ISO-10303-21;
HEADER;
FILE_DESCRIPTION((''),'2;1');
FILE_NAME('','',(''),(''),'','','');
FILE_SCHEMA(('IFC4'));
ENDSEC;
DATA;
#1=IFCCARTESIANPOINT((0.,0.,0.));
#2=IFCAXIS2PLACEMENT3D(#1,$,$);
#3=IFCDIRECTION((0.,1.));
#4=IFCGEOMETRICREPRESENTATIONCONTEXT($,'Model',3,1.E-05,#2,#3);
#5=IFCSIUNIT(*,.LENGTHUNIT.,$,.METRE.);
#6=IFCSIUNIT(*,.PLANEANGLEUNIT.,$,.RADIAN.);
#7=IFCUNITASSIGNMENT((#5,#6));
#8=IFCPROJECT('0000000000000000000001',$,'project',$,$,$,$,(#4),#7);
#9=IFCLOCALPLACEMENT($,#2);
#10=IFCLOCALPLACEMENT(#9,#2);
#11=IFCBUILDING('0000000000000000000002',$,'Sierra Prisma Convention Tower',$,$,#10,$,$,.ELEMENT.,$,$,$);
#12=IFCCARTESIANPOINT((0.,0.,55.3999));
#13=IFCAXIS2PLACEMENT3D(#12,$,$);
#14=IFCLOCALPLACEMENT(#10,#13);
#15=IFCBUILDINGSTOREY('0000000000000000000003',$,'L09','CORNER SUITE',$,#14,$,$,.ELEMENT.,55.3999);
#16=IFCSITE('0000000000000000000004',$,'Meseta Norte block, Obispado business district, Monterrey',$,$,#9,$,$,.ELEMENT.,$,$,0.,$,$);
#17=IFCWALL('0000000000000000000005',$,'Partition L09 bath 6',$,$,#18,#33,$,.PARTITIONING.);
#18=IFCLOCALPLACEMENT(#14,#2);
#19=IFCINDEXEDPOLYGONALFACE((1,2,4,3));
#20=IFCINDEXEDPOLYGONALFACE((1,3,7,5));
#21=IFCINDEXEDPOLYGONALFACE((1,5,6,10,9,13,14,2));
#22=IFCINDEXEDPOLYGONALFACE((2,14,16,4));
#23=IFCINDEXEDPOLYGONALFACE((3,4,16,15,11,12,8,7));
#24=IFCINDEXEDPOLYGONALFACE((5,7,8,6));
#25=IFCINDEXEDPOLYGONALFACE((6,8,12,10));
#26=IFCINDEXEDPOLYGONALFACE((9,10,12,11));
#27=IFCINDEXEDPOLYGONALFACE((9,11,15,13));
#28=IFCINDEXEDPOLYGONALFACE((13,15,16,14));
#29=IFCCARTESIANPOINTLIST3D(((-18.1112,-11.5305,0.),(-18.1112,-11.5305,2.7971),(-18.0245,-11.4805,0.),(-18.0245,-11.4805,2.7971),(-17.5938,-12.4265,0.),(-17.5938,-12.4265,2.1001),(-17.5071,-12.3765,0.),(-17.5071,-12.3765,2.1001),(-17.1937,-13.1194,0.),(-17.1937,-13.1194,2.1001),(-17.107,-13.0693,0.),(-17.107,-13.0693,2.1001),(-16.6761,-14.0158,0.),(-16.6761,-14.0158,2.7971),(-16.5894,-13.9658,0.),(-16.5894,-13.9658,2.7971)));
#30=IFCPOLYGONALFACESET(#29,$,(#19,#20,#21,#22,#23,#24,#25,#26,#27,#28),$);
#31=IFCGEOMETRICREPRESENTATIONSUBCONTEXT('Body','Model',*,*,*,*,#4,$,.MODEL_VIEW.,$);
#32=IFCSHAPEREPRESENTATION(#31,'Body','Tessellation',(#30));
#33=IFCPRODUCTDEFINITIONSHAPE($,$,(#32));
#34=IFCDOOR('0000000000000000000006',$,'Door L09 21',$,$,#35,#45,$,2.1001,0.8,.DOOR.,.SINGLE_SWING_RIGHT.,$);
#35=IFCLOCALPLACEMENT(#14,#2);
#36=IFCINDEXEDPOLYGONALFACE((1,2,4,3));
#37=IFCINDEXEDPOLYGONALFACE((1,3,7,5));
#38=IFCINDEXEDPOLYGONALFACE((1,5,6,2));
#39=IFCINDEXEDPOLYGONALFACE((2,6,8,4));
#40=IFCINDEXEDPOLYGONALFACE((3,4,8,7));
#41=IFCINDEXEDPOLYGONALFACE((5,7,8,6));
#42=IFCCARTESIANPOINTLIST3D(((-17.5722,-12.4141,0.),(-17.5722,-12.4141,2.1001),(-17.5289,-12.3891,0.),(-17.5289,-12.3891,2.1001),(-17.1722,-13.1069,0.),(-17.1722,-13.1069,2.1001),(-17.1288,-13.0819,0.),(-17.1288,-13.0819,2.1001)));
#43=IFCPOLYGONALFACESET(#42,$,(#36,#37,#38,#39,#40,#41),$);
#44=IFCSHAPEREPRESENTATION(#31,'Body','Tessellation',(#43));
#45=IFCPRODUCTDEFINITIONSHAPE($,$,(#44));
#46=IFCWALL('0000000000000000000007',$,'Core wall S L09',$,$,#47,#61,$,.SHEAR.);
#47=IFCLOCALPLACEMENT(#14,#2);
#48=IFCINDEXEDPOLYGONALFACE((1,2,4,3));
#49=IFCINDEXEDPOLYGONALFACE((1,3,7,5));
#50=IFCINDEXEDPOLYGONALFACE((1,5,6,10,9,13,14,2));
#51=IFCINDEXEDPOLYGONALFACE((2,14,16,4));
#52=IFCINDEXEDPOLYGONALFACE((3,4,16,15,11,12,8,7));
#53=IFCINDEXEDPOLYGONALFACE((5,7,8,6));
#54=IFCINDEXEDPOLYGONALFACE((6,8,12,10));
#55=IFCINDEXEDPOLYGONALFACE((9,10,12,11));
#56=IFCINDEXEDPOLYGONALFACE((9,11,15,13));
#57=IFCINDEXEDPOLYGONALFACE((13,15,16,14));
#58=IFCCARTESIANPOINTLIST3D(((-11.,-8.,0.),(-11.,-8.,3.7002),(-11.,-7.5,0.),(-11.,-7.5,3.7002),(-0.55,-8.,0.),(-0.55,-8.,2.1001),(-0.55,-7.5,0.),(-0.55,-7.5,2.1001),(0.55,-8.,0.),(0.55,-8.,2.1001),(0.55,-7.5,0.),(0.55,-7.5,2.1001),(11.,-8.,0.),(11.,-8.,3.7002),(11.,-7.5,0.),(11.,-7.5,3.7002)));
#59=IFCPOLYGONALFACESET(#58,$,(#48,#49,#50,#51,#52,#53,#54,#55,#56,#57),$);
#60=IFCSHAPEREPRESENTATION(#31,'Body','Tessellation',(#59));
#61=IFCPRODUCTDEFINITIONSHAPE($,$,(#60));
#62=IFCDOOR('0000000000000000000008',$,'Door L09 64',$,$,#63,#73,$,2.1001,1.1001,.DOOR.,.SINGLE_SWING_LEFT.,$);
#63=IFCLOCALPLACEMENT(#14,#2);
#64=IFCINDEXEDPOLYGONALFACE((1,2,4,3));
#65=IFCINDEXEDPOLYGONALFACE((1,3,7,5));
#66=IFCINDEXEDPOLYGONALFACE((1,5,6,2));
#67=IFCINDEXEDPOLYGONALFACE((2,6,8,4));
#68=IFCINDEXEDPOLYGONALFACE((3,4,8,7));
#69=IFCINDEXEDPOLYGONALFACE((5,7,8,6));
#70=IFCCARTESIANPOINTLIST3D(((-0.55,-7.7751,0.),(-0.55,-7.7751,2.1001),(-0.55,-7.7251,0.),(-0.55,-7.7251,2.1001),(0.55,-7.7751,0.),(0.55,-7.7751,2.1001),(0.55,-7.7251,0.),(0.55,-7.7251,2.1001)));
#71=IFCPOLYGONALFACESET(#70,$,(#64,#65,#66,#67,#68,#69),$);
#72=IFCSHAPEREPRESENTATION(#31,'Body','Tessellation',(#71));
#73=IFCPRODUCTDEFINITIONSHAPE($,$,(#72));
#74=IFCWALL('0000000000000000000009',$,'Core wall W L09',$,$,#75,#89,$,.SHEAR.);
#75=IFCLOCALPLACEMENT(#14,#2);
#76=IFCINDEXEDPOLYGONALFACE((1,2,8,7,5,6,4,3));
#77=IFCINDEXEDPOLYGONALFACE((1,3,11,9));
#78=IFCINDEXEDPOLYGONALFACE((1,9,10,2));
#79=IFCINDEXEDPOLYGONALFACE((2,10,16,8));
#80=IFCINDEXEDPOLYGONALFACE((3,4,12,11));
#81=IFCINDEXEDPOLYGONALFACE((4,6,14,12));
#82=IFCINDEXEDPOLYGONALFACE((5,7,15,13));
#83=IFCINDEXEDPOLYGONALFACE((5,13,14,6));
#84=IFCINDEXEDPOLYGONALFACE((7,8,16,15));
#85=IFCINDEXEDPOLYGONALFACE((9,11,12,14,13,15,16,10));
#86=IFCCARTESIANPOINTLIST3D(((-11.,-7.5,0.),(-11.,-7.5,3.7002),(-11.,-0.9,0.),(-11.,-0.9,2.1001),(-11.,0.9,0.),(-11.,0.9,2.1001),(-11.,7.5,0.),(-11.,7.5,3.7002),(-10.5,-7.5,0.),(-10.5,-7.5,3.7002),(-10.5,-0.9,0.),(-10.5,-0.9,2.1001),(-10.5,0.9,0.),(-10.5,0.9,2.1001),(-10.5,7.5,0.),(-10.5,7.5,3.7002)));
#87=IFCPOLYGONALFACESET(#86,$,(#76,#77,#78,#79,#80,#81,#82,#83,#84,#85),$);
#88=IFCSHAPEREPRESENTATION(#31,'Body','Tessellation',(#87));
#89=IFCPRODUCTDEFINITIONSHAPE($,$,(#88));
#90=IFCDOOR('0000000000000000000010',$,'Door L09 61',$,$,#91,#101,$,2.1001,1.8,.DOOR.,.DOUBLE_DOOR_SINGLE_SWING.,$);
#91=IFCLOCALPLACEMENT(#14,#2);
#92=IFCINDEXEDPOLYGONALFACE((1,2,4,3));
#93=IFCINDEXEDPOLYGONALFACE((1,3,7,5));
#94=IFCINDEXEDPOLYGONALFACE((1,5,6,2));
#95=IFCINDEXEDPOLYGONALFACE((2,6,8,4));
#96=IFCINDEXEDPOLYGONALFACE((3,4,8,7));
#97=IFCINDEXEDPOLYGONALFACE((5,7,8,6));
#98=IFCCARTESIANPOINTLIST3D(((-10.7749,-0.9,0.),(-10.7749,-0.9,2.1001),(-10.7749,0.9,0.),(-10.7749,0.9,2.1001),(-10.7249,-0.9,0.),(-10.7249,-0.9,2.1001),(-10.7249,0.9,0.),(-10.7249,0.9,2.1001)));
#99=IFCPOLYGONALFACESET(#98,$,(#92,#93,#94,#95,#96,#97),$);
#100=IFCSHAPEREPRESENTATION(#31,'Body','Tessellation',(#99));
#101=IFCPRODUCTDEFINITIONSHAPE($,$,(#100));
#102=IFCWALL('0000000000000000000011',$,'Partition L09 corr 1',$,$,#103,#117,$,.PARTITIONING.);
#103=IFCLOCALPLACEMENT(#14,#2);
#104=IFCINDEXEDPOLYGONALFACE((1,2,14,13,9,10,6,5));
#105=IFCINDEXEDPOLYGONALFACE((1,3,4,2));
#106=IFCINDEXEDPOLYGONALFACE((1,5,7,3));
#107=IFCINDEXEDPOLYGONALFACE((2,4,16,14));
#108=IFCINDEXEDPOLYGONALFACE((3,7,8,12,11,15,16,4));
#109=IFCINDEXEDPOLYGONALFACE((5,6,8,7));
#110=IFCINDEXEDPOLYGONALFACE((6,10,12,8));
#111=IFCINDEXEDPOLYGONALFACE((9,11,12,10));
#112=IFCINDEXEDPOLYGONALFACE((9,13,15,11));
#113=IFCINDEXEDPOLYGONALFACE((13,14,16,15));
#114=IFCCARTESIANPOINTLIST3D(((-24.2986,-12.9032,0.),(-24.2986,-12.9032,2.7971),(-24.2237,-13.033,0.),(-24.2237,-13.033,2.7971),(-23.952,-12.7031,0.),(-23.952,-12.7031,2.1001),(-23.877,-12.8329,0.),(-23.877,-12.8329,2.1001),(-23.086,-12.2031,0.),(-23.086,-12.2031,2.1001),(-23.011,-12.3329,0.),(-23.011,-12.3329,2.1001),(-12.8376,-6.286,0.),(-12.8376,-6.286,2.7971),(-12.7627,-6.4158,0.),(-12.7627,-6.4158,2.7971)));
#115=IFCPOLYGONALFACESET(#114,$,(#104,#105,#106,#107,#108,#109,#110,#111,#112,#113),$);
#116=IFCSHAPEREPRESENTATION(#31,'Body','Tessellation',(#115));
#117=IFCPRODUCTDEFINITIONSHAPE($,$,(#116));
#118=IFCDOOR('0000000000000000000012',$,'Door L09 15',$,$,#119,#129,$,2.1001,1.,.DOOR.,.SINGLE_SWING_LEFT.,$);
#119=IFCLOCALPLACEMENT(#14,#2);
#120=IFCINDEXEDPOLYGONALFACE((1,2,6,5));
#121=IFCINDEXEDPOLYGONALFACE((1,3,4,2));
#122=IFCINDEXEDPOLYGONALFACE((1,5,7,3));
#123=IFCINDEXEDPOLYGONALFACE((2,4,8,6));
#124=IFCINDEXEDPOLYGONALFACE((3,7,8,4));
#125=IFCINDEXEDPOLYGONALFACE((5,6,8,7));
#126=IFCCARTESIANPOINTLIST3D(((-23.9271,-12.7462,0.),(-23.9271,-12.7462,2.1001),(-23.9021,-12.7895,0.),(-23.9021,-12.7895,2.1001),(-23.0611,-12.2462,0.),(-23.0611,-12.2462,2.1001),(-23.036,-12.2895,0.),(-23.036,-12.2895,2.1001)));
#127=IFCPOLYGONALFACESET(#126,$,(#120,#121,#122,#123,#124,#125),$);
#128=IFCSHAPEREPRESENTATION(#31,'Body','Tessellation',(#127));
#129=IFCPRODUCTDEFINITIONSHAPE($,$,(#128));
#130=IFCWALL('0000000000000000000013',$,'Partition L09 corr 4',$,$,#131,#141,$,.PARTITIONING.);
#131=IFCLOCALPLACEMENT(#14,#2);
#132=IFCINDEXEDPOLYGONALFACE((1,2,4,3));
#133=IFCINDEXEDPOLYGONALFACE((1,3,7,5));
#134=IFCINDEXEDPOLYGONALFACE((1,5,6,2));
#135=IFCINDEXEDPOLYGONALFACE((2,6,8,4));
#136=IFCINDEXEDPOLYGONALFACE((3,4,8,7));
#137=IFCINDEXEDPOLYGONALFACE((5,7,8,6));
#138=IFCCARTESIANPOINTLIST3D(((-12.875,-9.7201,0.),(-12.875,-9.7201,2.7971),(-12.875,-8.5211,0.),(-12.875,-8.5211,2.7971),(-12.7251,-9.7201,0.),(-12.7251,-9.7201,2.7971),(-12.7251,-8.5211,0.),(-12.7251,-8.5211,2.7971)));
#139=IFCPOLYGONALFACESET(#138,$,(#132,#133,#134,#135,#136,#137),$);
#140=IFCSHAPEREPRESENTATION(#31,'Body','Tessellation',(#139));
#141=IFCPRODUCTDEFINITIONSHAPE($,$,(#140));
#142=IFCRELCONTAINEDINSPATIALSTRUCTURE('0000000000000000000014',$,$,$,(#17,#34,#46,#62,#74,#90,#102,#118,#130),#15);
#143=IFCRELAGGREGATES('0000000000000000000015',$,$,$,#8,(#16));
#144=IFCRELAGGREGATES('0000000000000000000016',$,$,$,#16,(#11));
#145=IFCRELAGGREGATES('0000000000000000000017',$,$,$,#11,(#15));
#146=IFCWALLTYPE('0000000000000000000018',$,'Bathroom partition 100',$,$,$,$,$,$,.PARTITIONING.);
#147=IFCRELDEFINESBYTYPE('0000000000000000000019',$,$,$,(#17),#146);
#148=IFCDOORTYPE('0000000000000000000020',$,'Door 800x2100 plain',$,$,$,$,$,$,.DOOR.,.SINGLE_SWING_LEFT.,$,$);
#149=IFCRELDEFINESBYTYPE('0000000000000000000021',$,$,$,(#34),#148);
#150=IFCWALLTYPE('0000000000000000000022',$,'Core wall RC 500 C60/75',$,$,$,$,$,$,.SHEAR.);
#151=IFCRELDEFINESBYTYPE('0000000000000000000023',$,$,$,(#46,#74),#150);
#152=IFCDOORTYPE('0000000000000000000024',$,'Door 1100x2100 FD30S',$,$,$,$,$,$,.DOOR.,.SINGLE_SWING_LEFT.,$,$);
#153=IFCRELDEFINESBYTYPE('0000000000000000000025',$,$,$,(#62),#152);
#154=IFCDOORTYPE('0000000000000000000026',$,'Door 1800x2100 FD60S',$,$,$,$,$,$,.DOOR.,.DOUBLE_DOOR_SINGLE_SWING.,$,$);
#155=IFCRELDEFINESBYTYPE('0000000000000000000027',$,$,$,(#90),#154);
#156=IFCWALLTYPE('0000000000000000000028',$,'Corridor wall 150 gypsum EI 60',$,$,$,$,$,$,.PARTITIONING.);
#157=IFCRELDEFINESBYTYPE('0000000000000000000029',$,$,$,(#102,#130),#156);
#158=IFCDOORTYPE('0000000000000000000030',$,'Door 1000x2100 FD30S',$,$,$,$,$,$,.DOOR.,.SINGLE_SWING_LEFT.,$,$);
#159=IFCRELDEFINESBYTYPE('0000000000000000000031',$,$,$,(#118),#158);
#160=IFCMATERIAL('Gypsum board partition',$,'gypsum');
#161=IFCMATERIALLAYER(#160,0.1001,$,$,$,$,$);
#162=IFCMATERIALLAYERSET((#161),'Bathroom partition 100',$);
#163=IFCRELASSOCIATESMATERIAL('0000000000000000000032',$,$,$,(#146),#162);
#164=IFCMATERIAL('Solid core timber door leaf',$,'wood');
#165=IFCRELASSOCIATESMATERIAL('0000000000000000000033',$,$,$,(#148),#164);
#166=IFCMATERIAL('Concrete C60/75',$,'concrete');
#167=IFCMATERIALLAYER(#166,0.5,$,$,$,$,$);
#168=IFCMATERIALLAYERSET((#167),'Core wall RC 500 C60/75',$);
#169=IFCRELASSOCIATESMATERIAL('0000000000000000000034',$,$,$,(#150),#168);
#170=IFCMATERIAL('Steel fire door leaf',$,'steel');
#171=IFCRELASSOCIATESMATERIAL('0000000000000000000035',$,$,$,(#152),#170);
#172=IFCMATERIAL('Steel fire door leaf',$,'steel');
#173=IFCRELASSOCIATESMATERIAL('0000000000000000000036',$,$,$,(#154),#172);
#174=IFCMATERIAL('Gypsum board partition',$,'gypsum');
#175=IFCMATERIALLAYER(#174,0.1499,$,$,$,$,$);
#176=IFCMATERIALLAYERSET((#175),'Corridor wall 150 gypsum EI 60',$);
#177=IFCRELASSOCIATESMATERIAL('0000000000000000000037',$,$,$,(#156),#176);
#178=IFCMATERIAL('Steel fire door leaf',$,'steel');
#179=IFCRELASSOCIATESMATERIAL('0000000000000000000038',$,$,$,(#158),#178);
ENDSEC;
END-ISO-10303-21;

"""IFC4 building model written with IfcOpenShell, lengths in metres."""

from ifc_helpers import new_model, si_unit, direction, frame, frame_2d, origin, place, context, subcontext, project, spatial, rectangle, extrude, material, layer, layer_set, type_object, element, fill, save


model = new_model("IFC4")

# Units and contexts
model_context = context("Model", 3, precision=1e-05, world=origin(), true_north=direction((0.0, 1.0)))
body_context = subcontext(model_context, "Body", "Model", "MODEL_VIEW")
ifc_project = project(units=[si_unit("LENGTHUNIT", "METRE"), si_unit("PLANEANGLEUNIT", "RADIAN")], contexts=[model_context])

# Site, building, storey
site_placement = place(None, origin())
site = spatial("IfcSite", under=ifc_project, at=site_placement, Name="Meseta Norte block, Obispado business district, Monterrey", CompositionType="ELEMENT", RefElevation=0.0)
building_placement = place(site_placement, origin())
building = spatial("IfcBuilding", under=site, at=building_placement, Name="Sierra Prisma Convention Tower", CompositionType="ELEMENT")
storey_placement = place(building_placement, frame((0.0, 0.0, 55.3999)))
storey = spatial("IfcBuildingStorey", under=building, at=storey_placement, Name="L09", Description="CORNER SUITE", CompositionType="ELEMENT", Elevation=55.3999)

# Walls, openings, doors
ifc_material_1 = material(Name="Gypsum board partition", Category="gypsum")
ifc_layer_1 = layer(ifc_material_1, 0.1001)
ifc_layer_set_1 = layer_set([ifc_layer_1], Name="Bathroom partition 100")
wall_type_1 = type_object("IfcWallType", Name="Bathroom partition 100", PredefinedType="PARTITIONING", material=ifc_layer_set_1)
wall_1_placement = place(storey_placement, frame((-18.0679, -11.5054, 0.0), z_axis=(0.0, 0.0, 1.0), x_axis=(0.500037, -0.866004, 0.0)))
wall_1 = element("IfcWall", 1, at=wall_1_placement, inside=storey, type_object=wall_type_1, Name="Partition L09 bath 6", PredefinedType="PARTITIONING", context=body_context, shape_type="SweptSolid", body=[
    extrude(rectangle(XDim=2.8699, YDim=0.1001, at=frame_2d((1.4351, 0.0))), origin(), (0.0, 0.0, 1.0), 2.7971),
])
opening_1_placement = place(wall_1_placement, frame((1.0349, 0.0, 0.0)))
opening_1 = element("IfcOpeningElement", 2, at=opening_1_placement, cuts=wall_1, PredefinedType="OPENING", context=body_context, shape_type="SweptSolid", body=[
    extrude(rectangle(XDim=0.8, YDim=2.1001, at=frame_2d((0.3999, 1.05))), frame((0.0, 0.05, 0.0), z_axis=(0.0, -1.0, 0.0), x_axis=(1.0, 0.0, 0.0)), (0.0, 0.0, 1.0), 0.1001),
])
ifc_material_2 = material(Name="Solid core timber door leaf", Category="wood")
door_type_1 = type_object("IfcDoorType", Name="Door 800x2100 plain", OperationType="SINGLE_SWING_LEFT", PredefinedType="DOOR", material=ifc_material_2)
door_1_placement = place(opening_1_placement, origin())
door_1 = element("IfcDoor", 3, at=door_1_placement, inside=storey, type_object=door_type_1, Name="Door L09 21", OperationType="SINGLE_SWING_RIGHT", OverallHeight=2.1001, OverallWidth=0.8, PredefinedType="DOOR", context=body_context, shape_type="SweptSolid", body=[
    extrude(rectangle(XDim=0.8, YDim=2.1001, at=frame_2d((0.3999, 1.05))), frame((0.0, 0.0249, 0.0), z_axis=(0.0, -1.0, 0.0), x_axis=(1.0, 0.0, 0.0)), (0.0, 0.0, 1.0), 0.05),
])
fill(opening_1, door_1)
ifc_material_3 = material(Name="Concrete C60/75", Category="concrete")
ifc_layer_2 = layer(ifc_material_3, 0.5)
ifc_layer_set_2 = layer_set([ifc_layer_2], Name="Core wall RC 500 C60/75")
wall_type_2 = type_object("IfcWallType", Name="Core wall RC 500 C60/75", PredefinedType="SHEAR", material=ifc_layer_set_2)
wall_2_placement = place(storey_placement, frame((-11.0, -7.75, 0.0), z_axis=(0.0, 0.0, 1.0), x_axis=(1.0, 0.0, 0.0)))
wall_2 = element("IfcWall", 4, at=wall_2_placement, inside=storey, type_object=wall_type_2, Name="Core wall S L09", PredefinedType="SHEAR", context=body_context, shape_type="SweptSolid", body=[
    extrude(rectangle(XDim=22.0, YDim=0.5, at=frame_2d((11.0, 0.0))), origin(), (0.0, 0.0, 1.0), 3.7002),
])
opening_2_placement = place(wall_2_placement, frame((10.45, 0.0, 0.0)))
opening_2 = element("IfcOpeningElement", 5, at=opening_2_placement, cuts=wall_2, PredefinedType="OPENING", context=body_context, shape_type="SweptSolid", body=[
    extrude(rectangle(XDim=1.1001, YDim=2.1001, at=frame_2d((0.55, 1.05))), frame((0.0, 0.25, 0.0), z_axis=(0.0, -1.0, 0.0), x_axis=(1.0, 0.0, 0.0)), (0.0, 0.0, 1.0), 0.5),
])
ifc_material_4 = material(Name="Steel fire door leaf", Category="steel")
door_type_2 = type_object("IfcDoorType", Name="Door 1100x2100 FD30S", OperationType="SINGLE_SWING_LEFT", PredefinedType="DOOR", material=ifc_material_4)
door_2_placement = place(opening_2_placement, origin())
door_2 = element("IfcDoor", 6, at=door_2_placement, inside=storey, type_object=door_type_2, Name="Door L09 64", OperationType="SINGLE_SWING_LEFT", OverallHeight=2.1001, OverallWidth=1.1001, PredefinedType="DOOR", context=body_context, shape_type="SweptSolid", body=[
    extrude(rectangle(XDim=1.1001, YDim=2.1001, at=frame_2d((0.55, 1.05))), frame((0.0, 0.0249, 0.0), z_axis=(0.0, -1.0, 0.0), x_axis=(1.0, 0.0, 0.0)), (0.0, 0.0, 1.0), 0.05),
])
fill(opening_2, door_2)
wall_3_placement = place(storey_placement, frame((-10.75, -7.5, 0.0), z_axis=(0.0, 0.0, 1.0), x_axis=(0.0, 1.0, 0.0)))
wall_3 = element("IfcWall", 7, at=wall_3_placement, inside=storey, type_object=wall_type_2, Name="Core wall W L09", PredefinedType="SHEAR", context=body_context, shape_type="SweptSolid", body=[
    extrude(rectangle(XDim=15.0, YDim=0.5, at=frame_2d((7.5, 0.0))), origin(), (0.0, 0.0, 1.0), 3.7002),
])
opening_3_placement = place(wall_3_placement, frame((6.6001, 0.0, 0.0)))
opening_3 = element("IfcOpeningElement", 8, at=opening_3_placement, cuts=wall_3, PredefinedType="OPENING", context=body_context, shape_type="SweptSolid", body=[
    extrude(rectangle(XDim=1.8, YDim=2.1001, at=frame_2d((0.8999, 1.05))), frame((0.0, 0.25, 0.0), z_axis=(0.0, -1.0, 0.0), x_axis=(1.0, 0.0, 0.0)), (0.0, 0.0, 1.0), 0.5),
])
ifc_material_5 = material(Name="Steel fire door leaf", Category="steel")
door_type_3 = type_object("IfcDoorType", Name="Door 1800x2100 FD60S", OperationType="DOUBLE_DOOR_SINGLE_SWING", PredefinedType="DOOR", material=ifc_material_5)
door_3_placement = place(opening_3_placement, origin())
door_3 = element("IfcDoor", 9, at=door_3_placement, inside=storey, type_object=door_type_3, Name="Door L09 61", OperationType="DOUBLE_DOOR_SINGLE_SWING", OverallHeight=2.1001, OverallWidth=1.8, PredefinedType="DOOR", context=body_context, shape_type="SweptSolid", body=[
    extrude(rectangle(XDim=1.8, YDim=2.1001, at=frame_2d((0.8999, 1.05))), frame((0.0, 0.0249, 0.0), z_axis=(0.0, -1.0, 0.0), x_axis=(1.0, 0.0, 0.0)), (0.0, 0.0, 1.0), 0.05),
])
fill(opening_3, door_3)
ifc_material_6 = material(Name="Gypsum board partition", Category="gypsum")
ifc_layer_3 = layer(ifc_material_6, 0.1499)
ifc_layer_set_3 = layer_set([ifc_layer_3], Name="Corridor wall 150 gypsum EI 60")
wall_type_3 = type_object("IfcWallType", Name="Corridor wall 150 gypsum EI 60", PredefinedType="PARTITIONING", material=ifc_layer_set_3)
wall_4_placement = place(storey_placement, frame((-12.8, -6.3508, 0.0), z_axis=(0.0, 0.0, 1.0), x_axis=(-0.866018, -0.500012, 0.0)))
wall_4 = element("IfcWall", 10, at=wall_4_placement, inside=storey, type_object=wall_type_3, Name="Partition L09 corr 1", PredefinedType="PARTITIONING", context=body_context, shape_type="SweptSolid", body=[
    extrude(rectangle(XDim=13.2341, YDim=0.1499, at=frame_2d((6.6172, 0.0))), origin(), (0.0, 0.0, 1.0), 2.7971),
])
opening_4_placement = place(wall_4_placement, frame((11.834, 0.0, 0.0)))
opening_4 = element("IfcOpeningElement", 11, at=opening_4_placement, cuts=wall_4, PredefinedType="OPENING", context=body_context, shape_type="SweptSolid", body=[
    extrude(rectangle(XDim=1.0, YDim=2.1001, at=frame_2d((0.5, 1.05))), frame((0.0, 0.075, 0.0), z_axis=(0.0, -1.0, 0.0), x_axis=(1.0, 0.0, 0.0)), (0.0, 0.0, 1.0), 0.1499),
])
ifc_material_7 = material(Name="Steel fire door leaf", Category="steel")
door_type_4 = type_object("IfcDoorType", Name="Door 1000x2100 FD30S", OperationType="SINGLE_SWING_LEFT", PredefinedType="DOOR", material=ifc_material_7)
door_4_placement = place(opening_4_placement, origin())
door_4 = element("IfcDoor", 12, at=door_4_placement, inside=storey, type_object=door_type_4, Name="Door L09 15", OperationType="SINGLE_SWING_LEFT", OverallHeight=2.1001, OverallWidth=1.0, PredefinedType="DOOR", context=body_context, shape_type="SweptSolid", body=[
    extrude(rectangle(XDim=1.0, YDim=2.1001, at=frame_2d((0.5, 1.05))), frame((0.0, 0.0249, 0.0), z_axis=(0.0, -1.0, 0.0), x_axis=(1.0, 0.0, 0.0)), (0.0, 0.0, 1.0), 0.05),
])
fill(opening_4, door_4)

# Wall
wall_5_placement = place(storey_placement, frame((-12.8, -8.521, 0.0), z_axis=(0.0, 0.0, 1.0), x_axis=(0.0, -1.0, 0.0)))
element("IfcWall", 13, at=wall_5_placement, inside=storey, type_object=wall_type_3, Name="Partition L09 corr 4", PredefinedType="PARTITIONING", context=body_context, shape_type="SweptSolid", body=[
    extrude(rectangle(XDim=1.199, YDim=0.1499, at=frame_2d((0.5996, 0.0))), origin(), (0.0, 0.0, 1.0), 2.7971),
])

save(model, "model.ifc")
